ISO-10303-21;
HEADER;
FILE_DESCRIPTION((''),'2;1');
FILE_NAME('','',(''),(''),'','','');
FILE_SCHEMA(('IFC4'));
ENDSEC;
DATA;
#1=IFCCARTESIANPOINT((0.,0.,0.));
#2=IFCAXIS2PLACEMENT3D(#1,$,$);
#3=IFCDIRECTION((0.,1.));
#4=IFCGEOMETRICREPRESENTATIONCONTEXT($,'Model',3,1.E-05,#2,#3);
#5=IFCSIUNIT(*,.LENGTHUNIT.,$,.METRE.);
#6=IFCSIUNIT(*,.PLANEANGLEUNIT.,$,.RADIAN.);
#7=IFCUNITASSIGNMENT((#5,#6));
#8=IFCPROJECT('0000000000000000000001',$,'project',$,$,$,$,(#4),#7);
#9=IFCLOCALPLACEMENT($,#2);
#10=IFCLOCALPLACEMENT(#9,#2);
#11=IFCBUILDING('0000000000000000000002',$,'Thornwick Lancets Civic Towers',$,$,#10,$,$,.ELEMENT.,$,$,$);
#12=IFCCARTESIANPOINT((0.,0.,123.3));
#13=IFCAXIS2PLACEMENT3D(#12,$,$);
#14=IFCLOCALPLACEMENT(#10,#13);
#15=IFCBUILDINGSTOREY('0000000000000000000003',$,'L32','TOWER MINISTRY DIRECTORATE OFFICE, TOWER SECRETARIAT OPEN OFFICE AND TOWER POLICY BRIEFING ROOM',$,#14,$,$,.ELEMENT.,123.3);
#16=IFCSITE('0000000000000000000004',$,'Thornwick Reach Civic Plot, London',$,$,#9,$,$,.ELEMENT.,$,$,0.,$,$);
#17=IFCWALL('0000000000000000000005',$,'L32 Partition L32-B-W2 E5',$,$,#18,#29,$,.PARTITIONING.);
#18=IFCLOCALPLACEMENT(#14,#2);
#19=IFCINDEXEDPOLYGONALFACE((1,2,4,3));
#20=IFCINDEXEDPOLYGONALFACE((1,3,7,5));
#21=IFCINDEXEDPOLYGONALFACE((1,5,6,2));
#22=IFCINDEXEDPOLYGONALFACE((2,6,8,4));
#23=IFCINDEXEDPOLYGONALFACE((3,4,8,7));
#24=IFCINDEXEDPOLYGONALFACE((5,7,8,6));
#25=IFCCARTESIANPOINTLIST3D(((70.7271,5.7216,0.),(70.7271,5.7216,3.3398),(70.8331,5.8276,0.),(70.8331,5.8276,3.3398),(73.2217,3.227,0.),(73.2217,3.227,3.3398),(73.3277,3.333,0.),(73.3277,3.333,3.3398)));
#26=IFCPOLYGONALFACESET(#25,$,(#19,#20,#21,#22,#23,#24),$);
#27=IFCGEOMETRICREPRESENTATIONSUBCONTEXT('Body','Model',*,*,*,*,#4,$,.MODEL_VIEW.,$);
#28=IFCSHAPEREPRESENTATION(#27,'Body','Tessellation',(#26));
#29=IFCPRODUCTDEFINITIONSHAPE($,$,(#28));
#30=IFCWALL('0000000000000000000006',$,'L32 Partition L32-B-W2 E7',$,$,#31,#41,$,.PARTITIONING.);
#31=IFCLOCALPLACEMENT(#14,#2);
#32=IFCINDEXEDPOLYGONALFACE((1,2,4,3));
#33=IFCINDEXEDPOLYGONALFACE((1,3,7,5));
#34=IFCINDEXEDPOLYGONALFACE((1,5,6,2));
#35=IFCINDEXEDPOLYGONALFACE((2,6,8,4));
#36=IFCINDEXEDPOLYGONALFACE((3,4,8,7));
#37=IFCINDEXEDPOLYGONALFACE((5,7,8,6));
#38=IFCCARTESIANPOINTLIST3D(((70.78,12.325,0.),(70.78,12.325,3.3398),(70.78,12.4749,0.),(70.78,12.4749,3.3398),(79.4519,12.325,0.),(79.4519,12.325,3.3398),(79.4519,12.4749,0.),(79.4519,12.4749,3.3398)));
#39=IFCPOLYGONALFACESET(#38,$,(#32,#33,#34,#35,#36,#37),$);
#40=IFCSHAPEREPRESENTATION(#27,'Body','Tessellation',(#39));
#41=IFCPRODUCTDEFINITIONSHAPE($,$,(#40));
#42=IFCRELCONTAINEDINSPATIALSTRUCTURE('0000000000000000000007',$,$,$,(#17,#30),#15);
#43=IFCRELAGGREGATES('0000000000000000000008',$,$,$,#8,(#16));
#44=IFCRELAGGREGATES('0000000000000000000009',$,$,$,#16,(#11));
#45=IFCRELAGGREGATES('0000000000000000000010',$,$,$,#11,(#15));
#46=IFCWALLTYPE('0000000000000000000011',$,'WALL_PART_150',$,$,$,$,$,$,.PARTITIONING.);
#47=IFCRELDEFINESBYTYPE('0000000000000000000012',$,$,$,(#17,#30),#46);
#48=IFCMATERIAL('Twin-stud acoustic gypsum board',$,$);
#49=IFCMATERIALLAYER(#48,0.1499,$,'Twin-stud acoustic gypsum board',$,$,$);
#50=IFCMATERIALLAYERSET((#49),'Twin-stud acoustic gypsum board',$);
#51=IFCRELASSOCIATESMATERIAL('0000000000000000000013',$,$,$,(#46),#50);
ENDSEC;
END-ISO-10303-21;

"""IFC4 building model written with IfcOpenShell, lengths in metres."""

from ifc_helpers import new_model, si_unit, direction, frame, frame_2d, origin, place, context, subcontext, project, spatial, rectangle, extrude, material, layer, layer_set, type_object, element, save


model = new_model("IFC4")

# Units and contexts
model_context = context("Model", 3, precision=1e-05, world=origin(), true_north=direction((0.0, 1.0)))
body_context = subcontext(model_context, "Body", "Model", "MODEL_VIEW")
ifc_project = project(units=[si_unit("LENGTHUNIT", "METRE"), si_unit("PLANEANGLEUNIT", "RADIAN")], contexts=[model_context])

# Site, building, storey
site_placement = place(None, origin())
site = spatial("IfcSite", under=ifc_project, at=site_placement, Name="Thornwick Reach Civic Plot, London", CompositionType="ELEMENT", RefElevation=0.0)
building_placement = place(site_placement, origin())
building = spatial("IfcBuilding", under=site, at=building_placement, Name="Thornwick Lancets Civic Towers", CompositionType="ELEMENT")
storey_placement = place(building_placement, frame((0.0, 0.0, 123.3)))
storey = spatial("IfcBuildingStorey", under=building, at=storey_placement, Name="L32", Description="TOWER MINISTRY DIRECTORATE OFFICE, TOWER SECRETARIAT OPEN OFFICE AND TOWER POLICY BRIEFING ROOM", CompositionType="ELEMENT", Elevation=123.3)

# Walls
ifc_material_1 = material(Name="Twin-stud acoustic gypsum board")
ifc_layer_1 = layer(ifc_material_1, 0.1499, Name="Twin-stud acoustic gypsum board")
ifc_layer_set_1 = layer_set([ifc_layer_1], Name="Twin-stud acoustic gypsum board")
wall_type_1 = type_object("IfcWallType", Name="WALL_PART_150", PredefinedType="PARTITIONING", material=ifc_layer_set_1)
wall_1_placement = place(storey_placement, frame((73.2747, 3.28, 0.0), z_axis=(0.0, 0.0, 1.0), x_axis=(-0.707107, 0.707107, 0.0)))
element("IfcWall", 1, at=wall_1_placement, inside=storey, type_object=wall_type_1, Name="L32 Partition L32-B-W2 E5", PredefinedType="PARTITIONING", context=body_context, shape_type="SweptSolid", body=[
    extrude(rectangle(XDim=3.5278, YDim=0.1499, at=frame_2d((1.7639, 0.0))), origin(), (0.0, 0.0, 1.0), 3.3398),
])
wall_2_placement = place(storey_placement, frame((70.78, 12.3999, 0.0), z_axis=(0.0, 0.0, 1.0), x_axis=(1.0, 0.0, 0.0)))
element("IfcWall", 2, at=wall_2_placement, inside=storey, type_object=wall_type_1, Name="L32 Partition L32-B-W2 E7", PredefinedType="PARTITIONING", context=body_context, shape_type="SweptSolid", body=[
    extrude(rectangle(XDim=8.6719, YDim=0.1499, at=frame_2d((4.3359, 0.0))), origin(), (0.0, 0.0, 1.0), 3.3398),
])

save(model, "model.ifc")
